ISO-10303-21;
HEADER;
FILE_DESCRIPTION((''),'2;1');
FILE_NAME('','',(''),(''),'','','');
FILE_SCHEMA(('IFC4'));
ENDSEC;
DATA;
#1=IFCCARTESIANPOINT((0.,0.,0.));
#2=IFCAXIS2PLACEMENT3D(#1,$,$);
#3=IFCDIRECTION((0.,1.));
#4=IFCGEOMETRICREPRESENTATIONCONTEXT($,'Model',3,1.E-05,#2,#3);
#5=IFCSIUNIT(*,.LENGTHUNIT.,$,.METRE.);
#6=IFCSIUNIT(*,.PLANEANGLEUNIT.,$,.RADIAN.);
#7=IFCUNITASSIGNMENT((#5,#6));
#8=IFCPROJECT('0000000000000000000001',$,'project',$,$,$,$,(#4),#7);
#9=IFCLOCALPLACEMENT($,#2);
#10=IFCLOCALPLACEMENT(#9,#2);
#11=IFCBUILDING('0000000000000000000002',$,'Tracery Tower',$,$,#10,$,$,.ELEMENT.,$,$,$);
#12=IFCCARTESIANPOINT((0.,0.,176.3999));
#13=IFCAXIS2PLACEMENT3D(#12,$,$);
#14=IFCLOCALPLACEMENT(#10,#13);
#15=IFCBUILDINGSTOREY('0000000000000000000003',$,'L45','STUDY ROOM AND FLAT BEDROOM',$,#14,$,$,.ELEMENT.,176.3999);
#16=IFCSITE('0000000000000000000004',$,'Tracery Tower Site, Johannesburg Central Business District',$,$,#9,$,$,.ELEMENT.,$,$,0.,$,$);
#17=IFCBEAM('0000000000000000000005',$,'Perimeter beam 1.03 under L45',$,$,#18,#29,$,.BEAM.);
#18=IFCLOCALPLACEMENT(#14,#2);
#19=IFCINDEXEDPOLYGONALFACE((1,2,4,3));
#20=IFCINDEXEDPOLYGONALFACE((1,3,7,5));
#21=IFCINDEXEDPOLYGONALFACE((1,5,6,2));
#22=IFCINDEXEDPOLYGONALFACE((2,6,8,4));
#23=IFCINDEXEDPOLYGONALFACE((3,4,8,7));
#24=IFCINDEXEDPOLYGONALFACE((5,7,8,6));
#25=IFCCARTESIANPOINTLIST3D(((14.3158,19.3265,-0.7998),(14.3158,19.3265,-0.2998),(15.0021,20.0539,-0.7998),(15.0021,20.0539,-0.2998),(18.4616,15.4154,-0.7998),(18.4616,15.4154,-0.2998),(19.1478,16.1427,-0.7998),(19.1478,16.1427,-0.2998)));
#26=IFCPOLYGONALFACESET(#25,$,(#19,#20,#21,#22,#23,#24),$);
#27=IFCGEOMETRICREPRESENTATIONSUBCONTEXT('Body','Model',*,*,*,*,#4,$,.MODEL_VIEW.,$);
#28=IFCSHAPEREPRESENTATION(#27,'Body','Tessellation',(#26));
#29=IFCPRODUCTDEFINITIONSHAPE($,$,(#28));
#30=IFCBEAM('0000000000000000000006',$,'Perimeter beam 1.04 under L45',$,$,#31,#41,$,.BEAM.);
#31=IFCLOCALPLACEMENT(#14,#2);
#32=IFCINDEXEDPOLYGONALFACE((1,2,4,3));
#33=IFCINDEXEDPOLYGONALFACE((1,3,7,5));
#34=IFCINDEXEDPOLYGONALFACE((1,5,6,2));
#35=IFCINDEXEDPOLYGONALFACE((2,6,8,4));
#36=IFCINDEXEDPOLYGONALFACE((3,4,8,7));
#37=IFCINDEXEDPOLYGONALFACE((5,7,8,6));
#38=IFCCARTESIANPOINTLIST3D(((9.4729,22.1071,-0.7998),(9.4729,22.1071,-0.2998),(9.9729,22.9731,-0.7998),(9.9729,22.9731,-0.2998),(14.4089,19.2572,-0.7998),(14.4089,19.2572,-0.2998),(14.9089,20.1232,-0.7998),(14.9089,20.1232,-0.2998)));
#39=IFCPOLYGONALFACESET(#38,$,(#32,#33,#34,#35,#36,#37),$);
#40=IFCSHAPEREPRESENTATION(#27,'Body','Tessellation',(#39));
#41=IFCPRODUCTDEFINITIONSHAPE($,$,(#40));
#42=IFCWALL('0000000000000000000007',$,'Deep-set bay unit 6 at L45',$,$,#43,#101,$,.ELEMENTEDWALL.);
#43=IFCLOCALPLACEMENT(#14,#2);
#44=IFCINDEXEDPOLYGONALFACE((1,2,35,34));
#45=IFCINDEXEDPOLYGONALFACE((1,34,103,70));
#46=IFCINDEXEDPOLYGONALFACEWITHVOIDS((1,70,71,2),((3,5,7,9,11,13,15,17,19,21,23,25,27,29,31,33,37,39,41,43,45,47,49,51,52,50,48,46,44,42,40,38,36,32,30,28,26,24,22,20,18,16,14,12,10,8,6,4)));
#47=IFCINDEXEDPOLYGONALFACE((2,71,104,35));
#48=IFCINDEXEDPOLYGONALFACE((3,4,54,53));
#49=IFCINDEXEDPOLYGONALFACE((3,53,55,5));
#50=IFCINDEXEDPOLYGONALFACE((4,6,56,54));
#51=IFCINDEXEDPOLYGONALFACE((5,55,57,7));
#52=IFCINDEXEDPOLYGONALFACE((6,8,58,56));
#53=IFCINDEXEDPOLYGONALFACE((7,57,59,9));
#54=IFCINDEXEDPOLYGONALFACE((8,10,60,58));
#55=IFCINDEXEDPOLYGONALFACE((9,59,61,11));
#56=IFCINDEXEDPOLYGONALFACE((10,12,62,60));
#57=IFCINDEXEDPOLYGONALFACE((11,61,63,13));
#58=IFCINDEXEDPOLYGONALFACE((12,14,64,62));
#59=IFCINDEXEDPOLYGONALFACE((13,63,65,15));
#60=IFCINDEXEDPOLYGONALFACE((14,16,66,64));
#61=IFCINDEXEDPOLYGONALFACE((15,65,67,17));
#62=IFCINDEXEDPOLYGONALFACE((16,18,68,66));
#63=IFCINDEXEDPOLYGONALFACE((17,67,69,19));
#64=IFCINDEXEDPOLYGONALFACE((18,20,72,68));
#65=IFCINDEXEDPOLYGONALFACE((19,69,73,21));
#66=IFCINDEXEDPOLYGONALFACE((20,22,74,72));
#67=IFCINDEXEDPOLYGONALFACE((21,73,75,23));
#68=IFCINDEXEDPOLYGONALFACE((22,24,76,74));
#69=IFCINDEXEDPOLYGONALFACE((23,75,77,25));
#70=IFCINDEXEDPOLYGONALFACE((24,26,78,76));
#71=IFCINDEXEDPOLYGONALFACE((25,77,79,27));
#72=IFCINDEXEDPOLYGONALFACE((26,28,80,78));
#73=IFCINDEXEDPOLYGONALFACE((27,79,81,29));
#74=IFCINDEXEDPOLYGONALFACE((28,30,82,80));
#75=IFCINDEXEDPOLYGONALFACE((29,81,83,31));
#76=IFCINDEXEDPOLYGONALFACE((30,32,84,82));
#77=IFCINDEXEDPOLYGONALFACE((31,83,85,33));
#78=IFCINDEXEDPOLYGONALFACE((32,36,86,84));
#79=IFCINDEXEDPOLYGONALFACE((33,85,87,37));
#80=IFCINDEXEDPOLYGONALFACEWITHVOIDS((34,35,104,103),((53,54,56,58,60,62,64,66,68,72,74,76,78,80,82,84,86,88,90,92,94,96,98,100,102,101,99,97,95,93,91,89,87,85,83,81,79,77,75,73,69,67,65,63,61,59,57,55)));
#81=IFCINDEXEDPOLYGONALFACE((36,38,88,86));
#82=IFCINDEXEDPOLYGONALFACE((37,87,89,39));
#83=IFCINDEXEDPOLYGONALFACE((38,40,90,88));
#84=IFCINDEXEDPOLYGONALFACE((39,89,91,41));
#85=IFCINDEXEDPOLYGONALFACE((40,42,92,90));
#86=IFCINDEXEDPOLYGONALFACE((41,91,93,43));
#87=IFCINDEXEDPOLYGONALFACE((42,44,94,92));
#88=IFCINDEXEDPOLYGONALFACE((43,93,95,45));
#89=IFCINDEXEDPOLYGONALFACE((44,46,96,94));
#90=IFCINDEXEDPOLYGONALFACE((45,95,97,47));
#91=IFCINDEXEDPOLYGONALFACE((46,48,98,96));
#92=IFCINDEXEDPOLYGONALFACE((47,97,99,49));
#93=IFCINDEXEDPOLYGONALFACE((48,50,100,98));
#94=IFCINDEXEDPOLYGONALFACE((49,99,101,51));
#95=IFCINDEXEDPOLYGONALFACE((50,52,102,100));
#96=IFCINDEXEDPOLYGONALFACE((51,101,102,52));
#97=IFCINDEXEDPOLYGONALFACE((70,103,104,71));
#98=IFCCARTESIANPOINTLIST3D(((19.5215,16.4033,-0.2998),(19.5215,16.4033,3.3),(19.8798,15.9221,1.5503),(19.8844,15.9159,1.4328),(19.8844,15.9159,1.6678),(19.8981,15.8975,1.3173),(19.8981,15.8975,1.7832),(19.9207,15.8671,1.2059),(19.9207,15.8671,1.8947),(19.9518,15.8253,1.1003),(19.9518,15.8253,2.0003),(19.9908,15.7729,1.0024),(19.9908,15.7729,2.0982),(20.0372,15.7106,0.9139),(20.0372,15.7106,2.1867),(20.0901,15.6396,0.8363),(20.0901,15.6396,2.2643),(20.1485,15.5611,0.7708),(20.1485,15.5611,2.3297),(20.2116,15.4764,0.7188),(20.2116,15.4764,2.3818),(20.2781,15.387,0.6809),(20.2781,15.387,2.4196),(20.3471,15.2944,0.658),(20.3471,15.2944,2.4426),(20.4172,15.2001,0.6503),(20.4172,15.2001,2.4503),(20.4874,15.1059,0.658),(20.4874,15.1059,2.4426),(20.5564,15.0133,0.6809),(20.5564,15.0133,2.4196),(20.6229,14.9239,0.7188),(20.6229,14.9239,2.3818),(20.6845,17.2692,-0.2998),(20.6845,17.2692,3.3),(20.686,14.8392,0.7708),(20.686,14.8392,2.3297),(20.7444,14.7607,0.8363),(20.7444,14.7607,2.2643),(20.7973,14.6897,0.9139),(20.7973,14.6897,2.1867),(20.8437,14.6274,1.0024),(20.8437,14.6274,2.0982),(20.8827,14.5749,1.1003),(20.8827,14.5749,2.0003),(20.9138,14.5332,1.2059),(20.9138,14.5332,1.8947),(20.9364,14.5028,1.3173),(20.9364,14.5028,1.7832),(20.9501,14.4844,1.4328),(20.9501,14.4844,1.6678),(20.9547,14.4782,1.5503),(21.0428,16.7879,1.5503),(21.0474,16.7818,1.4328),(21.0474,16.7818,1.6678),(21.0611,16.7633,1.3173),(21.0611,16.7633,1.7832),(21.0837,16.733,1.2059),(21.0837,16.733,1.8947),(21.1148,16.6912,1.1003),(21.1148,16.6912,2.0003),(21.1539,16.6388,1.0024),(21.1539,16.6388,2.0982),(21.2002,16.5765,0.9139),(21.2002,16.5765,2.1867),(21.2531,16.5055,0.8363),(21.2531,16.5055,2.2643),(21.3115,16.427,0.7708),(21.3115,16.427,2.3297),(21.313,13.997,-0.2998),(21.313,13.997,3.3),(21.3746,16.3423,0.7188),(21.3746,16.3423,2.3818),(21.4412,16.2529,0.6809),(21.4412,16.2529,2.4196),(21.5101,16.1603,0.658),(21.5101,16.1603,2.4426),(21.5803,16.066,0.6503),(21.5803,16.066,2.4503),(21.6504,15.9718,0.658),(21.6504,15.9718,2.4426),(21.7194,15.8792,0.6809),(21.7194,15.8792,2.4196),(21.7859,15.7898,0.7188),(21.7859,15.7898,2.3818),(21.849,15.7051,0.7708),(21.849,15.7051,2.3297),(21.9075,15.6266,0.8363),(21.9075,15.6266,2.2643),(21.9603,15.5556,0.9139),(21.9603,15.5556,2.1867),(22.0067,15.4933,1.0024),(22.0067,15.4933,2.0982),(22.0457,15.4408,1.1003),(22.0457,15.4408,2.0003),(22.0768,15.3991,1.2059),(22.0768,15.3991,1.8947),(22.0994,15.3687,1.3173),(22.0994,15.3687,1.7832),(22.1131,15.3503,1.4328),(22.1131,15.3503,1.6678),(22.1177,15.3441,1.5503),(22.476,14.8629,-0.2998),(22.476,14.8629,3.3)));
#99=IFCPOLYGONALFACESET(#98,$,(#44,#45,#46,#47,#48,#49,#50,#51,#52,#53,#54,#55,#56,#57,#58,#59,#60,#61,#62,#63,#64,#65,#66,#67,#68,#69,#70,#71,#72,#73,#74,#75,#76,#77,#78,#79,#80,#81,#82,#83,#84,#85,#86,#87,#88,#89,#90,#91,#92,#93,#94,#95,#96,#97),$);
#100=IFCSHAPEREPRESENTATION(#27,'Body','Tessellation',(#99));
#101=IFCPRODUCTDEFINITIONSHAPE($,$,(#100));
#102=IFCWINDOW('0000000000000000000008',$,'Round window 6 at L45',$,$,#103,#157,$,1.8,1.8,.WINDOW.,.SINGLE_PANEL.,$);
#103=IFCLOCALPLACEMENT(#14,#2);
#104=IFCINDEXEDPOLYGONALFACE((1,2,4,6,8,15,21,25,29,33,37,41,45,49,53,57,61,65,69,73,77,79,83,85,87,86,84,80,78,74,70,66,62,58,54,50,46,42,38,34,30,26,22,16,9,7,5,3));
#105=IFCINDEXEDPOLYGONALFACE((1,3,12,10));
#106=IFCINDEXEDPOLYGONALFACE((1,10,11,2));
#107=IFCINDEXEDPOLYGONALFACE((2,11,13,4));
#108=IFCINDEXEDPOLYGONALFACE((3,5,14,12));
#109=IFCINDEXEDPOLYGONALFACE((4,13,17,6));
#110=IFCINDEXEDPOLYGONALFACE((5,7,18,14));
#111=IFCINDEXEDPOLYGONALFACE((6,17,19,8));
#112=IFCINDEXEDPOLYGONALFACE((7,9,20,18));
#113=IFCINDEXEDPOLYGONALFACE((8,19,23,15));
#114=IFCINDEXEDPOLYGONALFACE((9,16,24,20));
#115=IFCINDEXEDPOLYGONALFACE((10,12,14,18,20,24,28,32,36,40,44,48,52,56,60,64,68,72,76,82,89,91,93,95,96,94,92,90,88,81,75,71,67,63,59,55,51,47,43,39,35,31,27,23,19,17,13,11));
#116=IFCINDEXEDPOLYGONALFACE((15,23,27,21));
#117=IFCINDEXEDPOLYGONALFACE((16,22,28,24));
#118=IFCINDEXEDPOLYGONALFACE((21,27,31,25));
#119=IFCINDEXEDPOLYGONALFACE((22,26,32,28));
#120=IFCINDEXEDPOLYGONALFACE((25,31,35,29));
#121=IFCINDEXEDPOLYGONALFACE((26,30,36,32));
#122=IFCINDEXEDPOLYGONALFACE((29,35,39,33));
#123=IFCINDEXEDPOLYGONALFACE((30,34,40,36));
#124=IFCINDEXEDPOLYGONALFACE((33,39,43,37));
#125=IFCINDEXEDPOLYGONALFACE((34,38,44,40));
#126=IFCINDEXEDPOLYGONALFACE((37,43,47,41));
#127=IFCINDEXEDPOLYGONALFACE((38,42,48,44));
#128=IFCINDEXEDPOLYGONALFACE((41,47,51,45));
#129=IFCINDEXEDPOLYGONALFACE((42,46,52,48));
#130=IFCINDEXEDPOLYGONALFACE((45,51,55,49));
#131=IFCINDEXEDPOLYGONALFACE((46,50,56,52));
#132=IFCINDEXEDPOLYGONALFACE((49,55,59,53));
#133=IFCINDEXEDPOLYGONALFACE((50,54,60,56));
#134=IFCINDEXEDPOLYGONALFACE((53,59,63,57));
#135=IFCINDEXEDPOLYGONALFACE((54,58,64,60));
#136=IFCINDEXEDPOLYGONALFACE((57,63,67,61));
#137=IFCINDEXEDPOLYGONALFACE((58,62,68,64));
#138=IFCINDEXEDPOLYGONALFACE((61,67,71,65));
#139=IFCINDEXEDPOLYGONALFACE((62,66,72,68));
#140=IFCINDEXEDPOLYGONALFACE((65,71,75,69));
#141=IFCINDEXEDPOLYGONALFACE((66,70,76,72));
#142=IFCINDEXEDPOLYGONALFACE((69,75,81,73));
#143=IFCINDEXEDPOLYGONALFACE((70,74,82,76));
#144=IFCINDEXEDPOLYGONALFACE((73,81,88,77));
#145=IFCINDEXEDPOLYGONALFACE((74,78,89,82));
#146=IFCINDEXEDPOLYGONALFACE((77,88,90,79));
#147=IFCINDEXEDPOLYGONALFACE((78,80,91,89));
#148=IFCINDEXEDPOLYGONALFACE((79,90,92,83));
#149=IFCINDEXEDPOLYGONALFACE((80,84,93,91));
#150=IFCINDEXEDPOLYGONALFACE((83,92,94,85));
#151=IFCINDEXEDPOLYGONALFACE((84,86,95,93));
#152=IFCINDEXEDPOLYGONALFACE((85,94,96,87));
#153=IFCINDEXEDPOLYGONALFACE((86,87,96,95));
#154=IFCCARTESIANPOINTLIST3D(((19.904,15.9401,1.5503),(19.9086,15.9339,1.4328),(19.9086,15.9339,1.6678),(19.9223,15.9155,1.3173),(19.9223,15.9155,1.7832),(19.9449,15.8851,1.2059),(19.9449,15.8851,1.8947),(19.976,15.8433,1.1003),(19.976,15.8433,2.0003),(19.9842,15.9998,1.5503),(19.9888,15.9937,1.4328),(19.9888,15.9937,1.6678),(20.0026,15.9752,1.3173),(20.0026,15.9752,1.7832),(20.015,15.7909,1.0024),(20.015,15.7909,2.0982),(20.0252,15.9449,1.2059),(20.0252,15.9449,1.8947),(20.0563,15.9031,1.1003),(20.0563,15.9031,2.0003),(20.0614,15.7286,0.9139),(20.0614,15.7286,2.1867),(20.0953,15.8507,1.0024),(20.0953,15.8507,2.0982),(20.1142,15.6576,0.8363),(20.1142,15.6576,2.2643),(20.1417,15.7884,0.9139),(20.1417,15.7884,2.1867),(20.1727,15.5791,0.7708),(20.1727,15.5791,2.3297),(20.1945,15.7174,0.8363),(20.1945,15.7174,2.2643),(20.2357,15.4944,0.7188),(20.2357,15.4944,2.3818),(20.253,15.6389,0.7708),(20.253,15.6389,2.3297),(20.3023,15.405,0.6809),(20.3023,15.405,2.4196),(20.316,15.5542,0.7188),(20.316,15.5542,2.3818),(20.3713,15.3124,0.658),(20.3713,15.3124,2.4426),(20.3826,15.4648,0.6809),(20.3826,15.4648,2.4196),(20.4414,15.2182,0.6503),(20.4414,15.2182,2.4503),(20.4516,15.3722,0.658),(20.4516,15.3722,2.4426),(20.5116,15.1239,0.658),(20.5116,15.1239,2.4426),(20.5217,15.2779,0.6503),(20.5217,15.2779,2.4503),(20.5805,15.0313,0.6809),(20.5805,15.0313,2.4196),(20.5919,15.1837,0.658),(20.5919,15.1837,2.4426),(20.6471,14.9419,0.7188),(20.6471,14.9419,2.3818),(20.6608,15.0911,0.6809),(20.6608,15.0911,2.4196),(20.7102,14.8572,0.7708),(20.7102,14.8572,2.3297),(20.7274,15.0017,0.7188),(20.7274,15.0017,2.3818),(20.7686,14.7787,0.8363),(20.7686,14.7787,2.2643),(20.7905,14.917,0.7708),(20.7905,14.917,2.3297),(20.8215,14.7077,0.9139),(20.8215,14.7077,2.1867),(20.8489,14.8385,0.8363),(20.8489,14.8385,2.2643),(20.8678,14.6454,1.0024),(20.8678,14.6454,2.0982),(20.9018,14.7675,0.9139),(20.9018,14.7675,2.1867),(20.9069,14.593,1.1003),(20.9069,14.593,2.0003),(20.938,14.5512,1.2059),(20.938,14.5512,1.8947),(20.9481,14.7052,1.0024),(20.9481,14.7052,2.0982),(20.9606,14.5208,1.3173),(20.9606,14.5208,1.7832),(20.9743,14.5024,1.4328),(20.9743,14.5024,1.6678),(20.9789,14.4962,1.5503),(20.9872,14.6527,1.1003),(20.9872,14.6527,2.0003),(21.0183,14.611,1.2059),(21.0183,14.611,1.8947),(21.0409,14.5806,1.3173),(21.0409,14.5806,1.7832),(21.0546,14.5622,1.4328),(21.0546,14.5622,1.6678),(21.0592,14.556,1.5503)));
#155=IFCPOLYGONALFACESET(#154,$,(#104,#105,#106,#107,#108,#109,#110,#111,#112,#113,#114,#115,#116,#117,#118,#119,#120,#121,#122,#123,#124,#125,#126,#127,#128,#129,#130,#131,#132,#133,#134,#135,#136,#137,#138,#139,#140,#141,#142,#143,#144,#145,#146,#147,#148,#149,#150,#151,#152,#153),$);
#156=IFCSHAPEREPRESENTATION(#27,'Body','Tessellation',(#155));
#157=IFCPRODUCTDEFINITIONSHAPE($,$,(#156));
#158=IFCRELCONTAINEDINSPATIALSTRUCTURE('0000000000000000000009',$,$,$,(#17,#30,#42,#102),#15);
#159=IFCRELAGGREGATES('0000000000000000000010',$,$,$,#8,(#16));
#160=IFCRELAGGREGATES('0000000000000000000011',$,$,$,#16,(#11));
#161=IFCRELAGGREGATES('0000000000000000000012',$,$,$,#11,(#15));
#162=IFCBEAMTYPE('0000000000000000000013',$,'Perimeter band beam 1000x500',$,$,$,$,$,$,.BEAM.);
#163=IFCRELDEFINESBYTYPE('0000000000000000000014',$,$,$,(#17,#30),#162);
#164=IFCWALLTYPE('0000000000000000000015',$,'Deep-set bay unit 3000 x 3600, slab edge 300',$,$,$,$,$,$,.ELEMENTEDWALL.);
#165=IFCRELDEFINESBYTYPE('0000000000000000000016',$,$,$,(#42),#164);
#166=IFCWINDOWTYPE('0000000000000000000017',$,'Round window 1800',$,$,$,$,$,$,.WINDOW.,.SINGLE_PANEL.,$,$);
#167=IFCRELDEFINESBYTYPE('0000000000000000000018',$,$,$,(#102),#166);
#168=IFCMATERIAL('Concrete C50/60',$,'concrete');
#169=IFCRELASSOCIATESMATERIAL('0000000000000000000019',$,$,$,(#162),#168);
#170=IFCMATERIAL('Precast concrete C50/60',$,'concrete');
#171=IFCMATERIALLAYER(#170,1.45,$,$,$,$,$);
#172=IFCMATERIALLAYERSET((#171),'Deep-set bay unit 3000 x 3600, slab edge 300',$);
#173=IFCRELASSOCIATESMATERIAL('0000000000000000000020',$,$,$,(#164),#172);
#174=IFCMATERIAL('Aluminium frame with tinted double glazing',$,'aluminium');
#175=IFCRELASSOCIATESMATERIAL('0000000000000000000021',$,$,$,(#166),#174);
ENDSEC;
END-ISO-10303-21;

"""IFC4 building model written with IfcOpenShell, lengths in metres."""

from ifc_helpers import new_model, si_unit, direction, frame, frame_2d, origin, origin_2d, place, context, subcontext, project, spatial, rectangle, circle, extrude, material, layer, layer_set, material_profile, profile_set, type_object, element, fill, save


model = new_model("IFC4")

# Units and contexts
model_context = context("Model", 3, precision=1e-05, world=origin(), true_north=direction((0.0, 1.0)))
body_context = subcontext(model_context, "Body", "Model", "MODEL_VIEW")
ifc_project = project(units=[si_unit("LENGTHUNIT", "METRE"), si_unit("PLANEANGLEUNIT", "RADIAN")], contexts=[model_context])

# Site, building, storey
site_placement = place(None, origin())
site = spatial("IfcSite", under=ifc_project, at=site_placement, Name="Tracery Tower Site, Johannesburg Central Business District", CompositionType="ELEMENT", RefElevation=0.0)
building_placement = place(site_placement, origin())
building = spatial("IfcBuilding", under=site, at=building_placement, Name="Tracery Tower", CompositionType="ELEMENT")
storey_placement = place(building_placement, frame((0.0, 0.0, 176.3999)))
storey = spatial("IfcBuildingStorey", under=building, at=storey_placement, Name="L45", Description="STUDY ROOM AND FLAT BEDROOM", CompositionType="ELEMENT", Elevation=176.3999)

# Beams
ifc_material_1 = material(Name="Concrete C50/60", Category="concrete")
ifc_material_profile_1 = material_profile(ifc_material_1, rectangle(XDim=1.0, YDim=0.5, at=origin_2d()), Name="RC 1000x500")
ifc_profile_set_1 = profile_set([ifc_material_profile_1], Name="Concrete C50/60")
beam_type_1 = type_object("IfcBeamType", Name="Perimeter band beam 1000x500", PredefinedType="BEAM", material=ifc_profile_set_1)
for number, where, z_axis, x_axis, name in (
    (1, (18.8047, 15.7791, -0.5498), (-0.72739, 0.686225, 0.0), (-0.686225, -0.72739, 0.0), "Perimeter beam 1.03 under L45"),
):
    element("IfcBeam", number, at=place(storey_placement, frame(where, z_axis=z_axis, x_axis=x_axis)), inside=storey, type_object=beam_type_1, Name=name, PredefinedType="BEAM", context=body_context, shape_type="SweptSolid", body=[
        extrude(rectangle(XDim=1.0, YDim=0.5, at=origin_2d()), origin(), (0.0, 0.0, 1.0), 5.6995),
    ])
beam_placement = place(storey_placement, frame((14.6589, 19.6902, -0.5498), z_axis=(-0.866023, 0.500004, 0.0), x_axis=(-0.500004, -0.866023, 0.0)))
element("IfcBeam", 2, at=beam_placement, inside=storey, type_object=beam_type_1, Name="Perimeter beam 1.04 under L45", PredefinedType="BEAM", context=body_context, shape_type="SweptSolid", body=[
    extrude(rectangle(XDim=1.0, YDim=0.5, at=origin_2d()), origin(), (0.0, 0.0, 1.0), 5.6997),
])

# Wall, opening, window
ifc_material_2 = material(Name="Precast concrete C50/60", Category="concrete")
ifc_layer_1 = layer(ifc_material_2, 1.45)
ifc_layer_set_1 = layer_set([ifc_layer_1], Name="Deep-set bay unit 3000 x 3600, slab edge 300")
wall_type_1 = type_object("IfcWallType", Name="Deep-set bay unit 3000 x 3600, slab edge 300", PredefinedType="ELEMENTEDWALL", material=ifc_layer_set_1)
wall_1_placement = place(storey_placement, frame((21.8945, 14.4299, -0.2998), z_axis=(0.0, 0.0, 1.0), x_axis=(-0.597184, 0.802104, 0.0)))
wall_1 = element("IfcWall", 3, at=wall_1_placement, inside=storey, type_object=wall_type_1, Name="Deep-set bay unit 6 at L45", PredefinedType="ELEMENTEDWALL", context=body_context, shape_type="SweptSolid", body=[
    extrude(rectangle(XDim=3.0, YDim=1.45, at=frame_2d((1.5, 0.0))), origin(), (0.0, 0.0, 1.0), 3.5999),
])
opening_1_placement = place(wall_1_placement, frame((1.5, 0.0, 1.8501)))
opening_1 = element("IfcOpeningElement", 4, at=opening_1_placement, cuts=wall_1, PredefinedType="OPENING", context=body_context, shape_type="SweptSolid", body=[
    extrude(circle(Radius=0.9, at=origin_2d()), frame((0.0, 0.7349, 0.0), z_axis=(0.0, -1.0, 0.0), x_axis=(1.0, 0.0, 0.0)), (0.0, 0.0, 1.0), 1.47),
])
ifc_material_3 = material(Name="Aluminium frame with tinted double glazing", Category="aluminium")
window_type = type_object("IfcWindowType", Name="Round window 1800", PartitioningType="SINGLE_PANEL", PredefinedType="WINDOW", material=ifc_material_3)
window_1_placement = place(opening_1_placement, origin())
window_1 = element("IfcWindow", 5, at=window_1_placement, inside=storey, type_object=window_type, Name="Round window 6 at L45", OverallHeight=1.8, OverallWidth=1.8, PartitioningType="SINGLE_PANEL", PredefinedType="WINDOW", context=body_context, shape_type="SweptSolid", body=[
    extrude(circle(Radius=0.9, at=origin_2d()), frame((0.0, 0.6948, 0.0), z_axis=(0.0, -1.0, 0.0), x_axis=(1.0, 0.0, 0.0)), (0.0, 0.0, 1.0), 0.1001),
])
fill(opening_1, window_1)

save(model, "model.ifc")
